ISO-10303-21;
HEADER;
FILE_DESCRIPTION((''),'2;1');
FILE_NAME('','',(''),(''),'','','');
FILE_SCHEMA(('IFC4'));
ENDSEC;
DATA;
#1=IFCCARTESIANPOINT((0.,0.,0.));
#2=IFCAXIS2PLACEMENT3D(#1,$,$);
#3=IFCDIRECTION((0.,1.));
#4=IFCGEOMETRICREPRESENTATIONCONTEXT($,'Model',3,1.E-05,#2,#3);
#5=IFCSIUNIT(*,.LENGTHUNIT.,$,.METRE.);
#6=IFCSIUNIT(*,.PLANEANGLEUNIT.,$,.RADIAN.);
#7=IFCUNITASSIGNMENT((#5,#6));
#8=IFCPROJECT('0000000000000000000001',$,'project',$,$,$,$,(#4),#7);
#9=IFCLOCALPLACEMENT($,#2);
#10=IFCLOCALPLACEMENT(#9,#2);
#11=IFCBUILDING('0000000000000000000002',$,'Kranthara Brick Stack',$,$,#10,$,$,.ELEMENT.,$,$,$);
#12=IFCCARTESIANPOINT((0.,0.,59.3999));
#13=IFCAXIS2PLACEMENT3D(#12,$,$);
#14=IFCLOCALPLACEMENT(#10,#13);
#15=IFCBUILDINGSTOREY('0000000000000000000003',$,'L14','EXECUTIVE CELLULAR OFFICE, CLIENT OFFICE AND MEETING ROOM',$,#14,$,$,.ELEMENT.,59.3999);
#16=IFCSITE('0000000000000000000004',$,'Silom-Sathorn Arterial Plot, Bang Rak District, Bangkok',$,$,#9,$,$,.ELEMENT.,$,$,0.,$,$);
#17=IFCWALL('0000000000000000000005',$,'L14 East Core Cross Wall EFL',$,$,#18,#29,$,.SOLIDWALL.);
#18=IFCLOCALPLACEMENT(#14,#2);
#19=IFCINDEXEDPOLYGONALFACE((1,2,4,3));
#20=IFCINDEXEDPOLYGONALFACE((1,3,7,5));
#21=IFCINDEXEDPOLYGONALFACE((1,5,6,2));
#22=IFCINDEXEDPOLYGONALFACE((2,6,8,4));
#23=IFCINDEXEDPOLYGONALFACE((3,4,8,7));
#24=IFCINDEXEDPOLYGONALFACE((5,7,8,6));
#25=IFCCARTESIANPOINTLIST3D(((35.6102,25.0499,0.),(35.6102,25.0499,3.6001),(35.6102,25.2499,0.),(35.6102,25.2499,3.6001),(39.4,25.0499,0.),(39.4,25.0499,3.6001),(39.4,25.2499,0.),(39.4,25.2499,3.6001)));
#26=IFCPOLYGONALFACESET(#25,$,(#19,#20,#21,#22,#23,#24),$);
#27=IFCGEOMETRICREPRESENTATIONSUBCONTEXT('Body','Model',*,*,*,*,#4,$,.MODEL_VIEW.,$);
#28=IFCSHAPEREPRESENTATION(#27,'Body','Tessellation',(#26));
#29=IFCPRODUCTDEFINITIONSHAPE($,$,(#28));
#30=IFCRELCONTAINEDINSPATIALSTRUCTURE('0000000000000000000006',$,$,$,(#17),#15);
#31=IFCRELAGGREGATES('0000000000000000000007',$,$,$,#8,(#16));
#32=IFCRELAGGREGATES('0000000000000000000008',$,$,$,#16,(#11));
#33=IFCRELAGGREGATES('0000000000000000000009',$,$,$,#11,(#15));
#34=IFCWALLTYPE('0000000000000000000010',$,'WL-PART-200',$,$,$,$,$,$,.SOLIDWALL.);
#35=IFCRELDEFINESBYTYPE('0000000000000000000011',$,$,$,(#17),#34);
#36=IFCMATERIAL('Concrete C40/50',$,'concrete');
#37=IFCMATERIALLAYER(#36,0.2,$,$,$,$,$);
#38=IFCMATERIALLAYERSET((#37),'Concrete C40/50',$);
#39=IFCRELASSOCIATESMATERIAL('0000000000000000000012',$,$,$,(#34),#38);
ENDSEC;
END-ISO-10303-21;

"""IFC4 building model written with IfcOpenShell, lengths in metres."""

from ifc_helpers import new_model, si_unit, direction, frame, frame_2d, origin, place, context, subcontext, project, spatial, rectangle, extrude, material, layer, layer_set, type_object, element, save


model = new_model("IFC4")

# Units and contexts
model_context = context("Model", 3, precision=1e-05, world=origin(), true_north=direction((0.0, 1.0)))
body_context = subcontext(model_context, "Body", "Model", "MODEL_VIEW")
ifc_project = project(units=[si_unit("LENGTHUNIT", "METRE"), si_unit("PLANEANGLEUNIT", "RADIAN")], contexts=[model_context])

# Site, building, storey
site_placement = place(None, origin())
site = spatial("IfcSite", under=ifc_project, at=site_placement, Name="Silom-Sathorn Arterial Plot, Bang Rak District, Bangkok", CompositionType="ELEMENT", RefElevation=0.0)
building_placement = place(site_placement, origin())
building = spatial("IfcBuilding", under=site, at=building_placement, Name="Kranthara Brick Stack", CompositionType="ELEMENT")
storey_placement = place(building_placement, frame((0.0, 0.0, 59.3999)))
storey = spatial("IfcBuildingStorey", under=building, at=storey_placement, Name="L14", Description="EXECUTIVE CELLULAR OFFICE, CLIENT OFFICE AND MEETING ROOM", CompositionType="ELEMENT", Elevation=59.3999)

# Wall
ifc_material_1 = material(Name="Concrete C40/50", Category="concrete")
ifc_layer_1 = layer(ifc_material_1, 0.2)
ifc_layer_set_1 = layer_set([ifc_layer_1], Name="Concrete C40/50")
wall_type_1 = type_object("IfcWallType", Name="WL-PART-200", PredefinedType="SOLIDWALL", material=ifc_layer_set_1)
wall_1_placement = place(storey_placement, frame((35.6101, 25.1499, 0.0), z_axis=(0.0, 0.0, 1.0), x_axis=(1.0, 0.0, 0.0)))
element("IfcWall", 1, at=wall_1_placement, inside=storey, type_object=wall_type_1, Name="L14 East Core Cross Wall EFL", PredefinedType="SOLIDWALL", context=body_context, shape_type="SweptSolid", body=[
    extrude(rectangle(XDim=3.7898, YDim=0.2, at=frame_2d((1.895, 0.0))), origin(), (0.0, 0.0, 1.0), 3.6001),
])

save(model, "model.ifc")
